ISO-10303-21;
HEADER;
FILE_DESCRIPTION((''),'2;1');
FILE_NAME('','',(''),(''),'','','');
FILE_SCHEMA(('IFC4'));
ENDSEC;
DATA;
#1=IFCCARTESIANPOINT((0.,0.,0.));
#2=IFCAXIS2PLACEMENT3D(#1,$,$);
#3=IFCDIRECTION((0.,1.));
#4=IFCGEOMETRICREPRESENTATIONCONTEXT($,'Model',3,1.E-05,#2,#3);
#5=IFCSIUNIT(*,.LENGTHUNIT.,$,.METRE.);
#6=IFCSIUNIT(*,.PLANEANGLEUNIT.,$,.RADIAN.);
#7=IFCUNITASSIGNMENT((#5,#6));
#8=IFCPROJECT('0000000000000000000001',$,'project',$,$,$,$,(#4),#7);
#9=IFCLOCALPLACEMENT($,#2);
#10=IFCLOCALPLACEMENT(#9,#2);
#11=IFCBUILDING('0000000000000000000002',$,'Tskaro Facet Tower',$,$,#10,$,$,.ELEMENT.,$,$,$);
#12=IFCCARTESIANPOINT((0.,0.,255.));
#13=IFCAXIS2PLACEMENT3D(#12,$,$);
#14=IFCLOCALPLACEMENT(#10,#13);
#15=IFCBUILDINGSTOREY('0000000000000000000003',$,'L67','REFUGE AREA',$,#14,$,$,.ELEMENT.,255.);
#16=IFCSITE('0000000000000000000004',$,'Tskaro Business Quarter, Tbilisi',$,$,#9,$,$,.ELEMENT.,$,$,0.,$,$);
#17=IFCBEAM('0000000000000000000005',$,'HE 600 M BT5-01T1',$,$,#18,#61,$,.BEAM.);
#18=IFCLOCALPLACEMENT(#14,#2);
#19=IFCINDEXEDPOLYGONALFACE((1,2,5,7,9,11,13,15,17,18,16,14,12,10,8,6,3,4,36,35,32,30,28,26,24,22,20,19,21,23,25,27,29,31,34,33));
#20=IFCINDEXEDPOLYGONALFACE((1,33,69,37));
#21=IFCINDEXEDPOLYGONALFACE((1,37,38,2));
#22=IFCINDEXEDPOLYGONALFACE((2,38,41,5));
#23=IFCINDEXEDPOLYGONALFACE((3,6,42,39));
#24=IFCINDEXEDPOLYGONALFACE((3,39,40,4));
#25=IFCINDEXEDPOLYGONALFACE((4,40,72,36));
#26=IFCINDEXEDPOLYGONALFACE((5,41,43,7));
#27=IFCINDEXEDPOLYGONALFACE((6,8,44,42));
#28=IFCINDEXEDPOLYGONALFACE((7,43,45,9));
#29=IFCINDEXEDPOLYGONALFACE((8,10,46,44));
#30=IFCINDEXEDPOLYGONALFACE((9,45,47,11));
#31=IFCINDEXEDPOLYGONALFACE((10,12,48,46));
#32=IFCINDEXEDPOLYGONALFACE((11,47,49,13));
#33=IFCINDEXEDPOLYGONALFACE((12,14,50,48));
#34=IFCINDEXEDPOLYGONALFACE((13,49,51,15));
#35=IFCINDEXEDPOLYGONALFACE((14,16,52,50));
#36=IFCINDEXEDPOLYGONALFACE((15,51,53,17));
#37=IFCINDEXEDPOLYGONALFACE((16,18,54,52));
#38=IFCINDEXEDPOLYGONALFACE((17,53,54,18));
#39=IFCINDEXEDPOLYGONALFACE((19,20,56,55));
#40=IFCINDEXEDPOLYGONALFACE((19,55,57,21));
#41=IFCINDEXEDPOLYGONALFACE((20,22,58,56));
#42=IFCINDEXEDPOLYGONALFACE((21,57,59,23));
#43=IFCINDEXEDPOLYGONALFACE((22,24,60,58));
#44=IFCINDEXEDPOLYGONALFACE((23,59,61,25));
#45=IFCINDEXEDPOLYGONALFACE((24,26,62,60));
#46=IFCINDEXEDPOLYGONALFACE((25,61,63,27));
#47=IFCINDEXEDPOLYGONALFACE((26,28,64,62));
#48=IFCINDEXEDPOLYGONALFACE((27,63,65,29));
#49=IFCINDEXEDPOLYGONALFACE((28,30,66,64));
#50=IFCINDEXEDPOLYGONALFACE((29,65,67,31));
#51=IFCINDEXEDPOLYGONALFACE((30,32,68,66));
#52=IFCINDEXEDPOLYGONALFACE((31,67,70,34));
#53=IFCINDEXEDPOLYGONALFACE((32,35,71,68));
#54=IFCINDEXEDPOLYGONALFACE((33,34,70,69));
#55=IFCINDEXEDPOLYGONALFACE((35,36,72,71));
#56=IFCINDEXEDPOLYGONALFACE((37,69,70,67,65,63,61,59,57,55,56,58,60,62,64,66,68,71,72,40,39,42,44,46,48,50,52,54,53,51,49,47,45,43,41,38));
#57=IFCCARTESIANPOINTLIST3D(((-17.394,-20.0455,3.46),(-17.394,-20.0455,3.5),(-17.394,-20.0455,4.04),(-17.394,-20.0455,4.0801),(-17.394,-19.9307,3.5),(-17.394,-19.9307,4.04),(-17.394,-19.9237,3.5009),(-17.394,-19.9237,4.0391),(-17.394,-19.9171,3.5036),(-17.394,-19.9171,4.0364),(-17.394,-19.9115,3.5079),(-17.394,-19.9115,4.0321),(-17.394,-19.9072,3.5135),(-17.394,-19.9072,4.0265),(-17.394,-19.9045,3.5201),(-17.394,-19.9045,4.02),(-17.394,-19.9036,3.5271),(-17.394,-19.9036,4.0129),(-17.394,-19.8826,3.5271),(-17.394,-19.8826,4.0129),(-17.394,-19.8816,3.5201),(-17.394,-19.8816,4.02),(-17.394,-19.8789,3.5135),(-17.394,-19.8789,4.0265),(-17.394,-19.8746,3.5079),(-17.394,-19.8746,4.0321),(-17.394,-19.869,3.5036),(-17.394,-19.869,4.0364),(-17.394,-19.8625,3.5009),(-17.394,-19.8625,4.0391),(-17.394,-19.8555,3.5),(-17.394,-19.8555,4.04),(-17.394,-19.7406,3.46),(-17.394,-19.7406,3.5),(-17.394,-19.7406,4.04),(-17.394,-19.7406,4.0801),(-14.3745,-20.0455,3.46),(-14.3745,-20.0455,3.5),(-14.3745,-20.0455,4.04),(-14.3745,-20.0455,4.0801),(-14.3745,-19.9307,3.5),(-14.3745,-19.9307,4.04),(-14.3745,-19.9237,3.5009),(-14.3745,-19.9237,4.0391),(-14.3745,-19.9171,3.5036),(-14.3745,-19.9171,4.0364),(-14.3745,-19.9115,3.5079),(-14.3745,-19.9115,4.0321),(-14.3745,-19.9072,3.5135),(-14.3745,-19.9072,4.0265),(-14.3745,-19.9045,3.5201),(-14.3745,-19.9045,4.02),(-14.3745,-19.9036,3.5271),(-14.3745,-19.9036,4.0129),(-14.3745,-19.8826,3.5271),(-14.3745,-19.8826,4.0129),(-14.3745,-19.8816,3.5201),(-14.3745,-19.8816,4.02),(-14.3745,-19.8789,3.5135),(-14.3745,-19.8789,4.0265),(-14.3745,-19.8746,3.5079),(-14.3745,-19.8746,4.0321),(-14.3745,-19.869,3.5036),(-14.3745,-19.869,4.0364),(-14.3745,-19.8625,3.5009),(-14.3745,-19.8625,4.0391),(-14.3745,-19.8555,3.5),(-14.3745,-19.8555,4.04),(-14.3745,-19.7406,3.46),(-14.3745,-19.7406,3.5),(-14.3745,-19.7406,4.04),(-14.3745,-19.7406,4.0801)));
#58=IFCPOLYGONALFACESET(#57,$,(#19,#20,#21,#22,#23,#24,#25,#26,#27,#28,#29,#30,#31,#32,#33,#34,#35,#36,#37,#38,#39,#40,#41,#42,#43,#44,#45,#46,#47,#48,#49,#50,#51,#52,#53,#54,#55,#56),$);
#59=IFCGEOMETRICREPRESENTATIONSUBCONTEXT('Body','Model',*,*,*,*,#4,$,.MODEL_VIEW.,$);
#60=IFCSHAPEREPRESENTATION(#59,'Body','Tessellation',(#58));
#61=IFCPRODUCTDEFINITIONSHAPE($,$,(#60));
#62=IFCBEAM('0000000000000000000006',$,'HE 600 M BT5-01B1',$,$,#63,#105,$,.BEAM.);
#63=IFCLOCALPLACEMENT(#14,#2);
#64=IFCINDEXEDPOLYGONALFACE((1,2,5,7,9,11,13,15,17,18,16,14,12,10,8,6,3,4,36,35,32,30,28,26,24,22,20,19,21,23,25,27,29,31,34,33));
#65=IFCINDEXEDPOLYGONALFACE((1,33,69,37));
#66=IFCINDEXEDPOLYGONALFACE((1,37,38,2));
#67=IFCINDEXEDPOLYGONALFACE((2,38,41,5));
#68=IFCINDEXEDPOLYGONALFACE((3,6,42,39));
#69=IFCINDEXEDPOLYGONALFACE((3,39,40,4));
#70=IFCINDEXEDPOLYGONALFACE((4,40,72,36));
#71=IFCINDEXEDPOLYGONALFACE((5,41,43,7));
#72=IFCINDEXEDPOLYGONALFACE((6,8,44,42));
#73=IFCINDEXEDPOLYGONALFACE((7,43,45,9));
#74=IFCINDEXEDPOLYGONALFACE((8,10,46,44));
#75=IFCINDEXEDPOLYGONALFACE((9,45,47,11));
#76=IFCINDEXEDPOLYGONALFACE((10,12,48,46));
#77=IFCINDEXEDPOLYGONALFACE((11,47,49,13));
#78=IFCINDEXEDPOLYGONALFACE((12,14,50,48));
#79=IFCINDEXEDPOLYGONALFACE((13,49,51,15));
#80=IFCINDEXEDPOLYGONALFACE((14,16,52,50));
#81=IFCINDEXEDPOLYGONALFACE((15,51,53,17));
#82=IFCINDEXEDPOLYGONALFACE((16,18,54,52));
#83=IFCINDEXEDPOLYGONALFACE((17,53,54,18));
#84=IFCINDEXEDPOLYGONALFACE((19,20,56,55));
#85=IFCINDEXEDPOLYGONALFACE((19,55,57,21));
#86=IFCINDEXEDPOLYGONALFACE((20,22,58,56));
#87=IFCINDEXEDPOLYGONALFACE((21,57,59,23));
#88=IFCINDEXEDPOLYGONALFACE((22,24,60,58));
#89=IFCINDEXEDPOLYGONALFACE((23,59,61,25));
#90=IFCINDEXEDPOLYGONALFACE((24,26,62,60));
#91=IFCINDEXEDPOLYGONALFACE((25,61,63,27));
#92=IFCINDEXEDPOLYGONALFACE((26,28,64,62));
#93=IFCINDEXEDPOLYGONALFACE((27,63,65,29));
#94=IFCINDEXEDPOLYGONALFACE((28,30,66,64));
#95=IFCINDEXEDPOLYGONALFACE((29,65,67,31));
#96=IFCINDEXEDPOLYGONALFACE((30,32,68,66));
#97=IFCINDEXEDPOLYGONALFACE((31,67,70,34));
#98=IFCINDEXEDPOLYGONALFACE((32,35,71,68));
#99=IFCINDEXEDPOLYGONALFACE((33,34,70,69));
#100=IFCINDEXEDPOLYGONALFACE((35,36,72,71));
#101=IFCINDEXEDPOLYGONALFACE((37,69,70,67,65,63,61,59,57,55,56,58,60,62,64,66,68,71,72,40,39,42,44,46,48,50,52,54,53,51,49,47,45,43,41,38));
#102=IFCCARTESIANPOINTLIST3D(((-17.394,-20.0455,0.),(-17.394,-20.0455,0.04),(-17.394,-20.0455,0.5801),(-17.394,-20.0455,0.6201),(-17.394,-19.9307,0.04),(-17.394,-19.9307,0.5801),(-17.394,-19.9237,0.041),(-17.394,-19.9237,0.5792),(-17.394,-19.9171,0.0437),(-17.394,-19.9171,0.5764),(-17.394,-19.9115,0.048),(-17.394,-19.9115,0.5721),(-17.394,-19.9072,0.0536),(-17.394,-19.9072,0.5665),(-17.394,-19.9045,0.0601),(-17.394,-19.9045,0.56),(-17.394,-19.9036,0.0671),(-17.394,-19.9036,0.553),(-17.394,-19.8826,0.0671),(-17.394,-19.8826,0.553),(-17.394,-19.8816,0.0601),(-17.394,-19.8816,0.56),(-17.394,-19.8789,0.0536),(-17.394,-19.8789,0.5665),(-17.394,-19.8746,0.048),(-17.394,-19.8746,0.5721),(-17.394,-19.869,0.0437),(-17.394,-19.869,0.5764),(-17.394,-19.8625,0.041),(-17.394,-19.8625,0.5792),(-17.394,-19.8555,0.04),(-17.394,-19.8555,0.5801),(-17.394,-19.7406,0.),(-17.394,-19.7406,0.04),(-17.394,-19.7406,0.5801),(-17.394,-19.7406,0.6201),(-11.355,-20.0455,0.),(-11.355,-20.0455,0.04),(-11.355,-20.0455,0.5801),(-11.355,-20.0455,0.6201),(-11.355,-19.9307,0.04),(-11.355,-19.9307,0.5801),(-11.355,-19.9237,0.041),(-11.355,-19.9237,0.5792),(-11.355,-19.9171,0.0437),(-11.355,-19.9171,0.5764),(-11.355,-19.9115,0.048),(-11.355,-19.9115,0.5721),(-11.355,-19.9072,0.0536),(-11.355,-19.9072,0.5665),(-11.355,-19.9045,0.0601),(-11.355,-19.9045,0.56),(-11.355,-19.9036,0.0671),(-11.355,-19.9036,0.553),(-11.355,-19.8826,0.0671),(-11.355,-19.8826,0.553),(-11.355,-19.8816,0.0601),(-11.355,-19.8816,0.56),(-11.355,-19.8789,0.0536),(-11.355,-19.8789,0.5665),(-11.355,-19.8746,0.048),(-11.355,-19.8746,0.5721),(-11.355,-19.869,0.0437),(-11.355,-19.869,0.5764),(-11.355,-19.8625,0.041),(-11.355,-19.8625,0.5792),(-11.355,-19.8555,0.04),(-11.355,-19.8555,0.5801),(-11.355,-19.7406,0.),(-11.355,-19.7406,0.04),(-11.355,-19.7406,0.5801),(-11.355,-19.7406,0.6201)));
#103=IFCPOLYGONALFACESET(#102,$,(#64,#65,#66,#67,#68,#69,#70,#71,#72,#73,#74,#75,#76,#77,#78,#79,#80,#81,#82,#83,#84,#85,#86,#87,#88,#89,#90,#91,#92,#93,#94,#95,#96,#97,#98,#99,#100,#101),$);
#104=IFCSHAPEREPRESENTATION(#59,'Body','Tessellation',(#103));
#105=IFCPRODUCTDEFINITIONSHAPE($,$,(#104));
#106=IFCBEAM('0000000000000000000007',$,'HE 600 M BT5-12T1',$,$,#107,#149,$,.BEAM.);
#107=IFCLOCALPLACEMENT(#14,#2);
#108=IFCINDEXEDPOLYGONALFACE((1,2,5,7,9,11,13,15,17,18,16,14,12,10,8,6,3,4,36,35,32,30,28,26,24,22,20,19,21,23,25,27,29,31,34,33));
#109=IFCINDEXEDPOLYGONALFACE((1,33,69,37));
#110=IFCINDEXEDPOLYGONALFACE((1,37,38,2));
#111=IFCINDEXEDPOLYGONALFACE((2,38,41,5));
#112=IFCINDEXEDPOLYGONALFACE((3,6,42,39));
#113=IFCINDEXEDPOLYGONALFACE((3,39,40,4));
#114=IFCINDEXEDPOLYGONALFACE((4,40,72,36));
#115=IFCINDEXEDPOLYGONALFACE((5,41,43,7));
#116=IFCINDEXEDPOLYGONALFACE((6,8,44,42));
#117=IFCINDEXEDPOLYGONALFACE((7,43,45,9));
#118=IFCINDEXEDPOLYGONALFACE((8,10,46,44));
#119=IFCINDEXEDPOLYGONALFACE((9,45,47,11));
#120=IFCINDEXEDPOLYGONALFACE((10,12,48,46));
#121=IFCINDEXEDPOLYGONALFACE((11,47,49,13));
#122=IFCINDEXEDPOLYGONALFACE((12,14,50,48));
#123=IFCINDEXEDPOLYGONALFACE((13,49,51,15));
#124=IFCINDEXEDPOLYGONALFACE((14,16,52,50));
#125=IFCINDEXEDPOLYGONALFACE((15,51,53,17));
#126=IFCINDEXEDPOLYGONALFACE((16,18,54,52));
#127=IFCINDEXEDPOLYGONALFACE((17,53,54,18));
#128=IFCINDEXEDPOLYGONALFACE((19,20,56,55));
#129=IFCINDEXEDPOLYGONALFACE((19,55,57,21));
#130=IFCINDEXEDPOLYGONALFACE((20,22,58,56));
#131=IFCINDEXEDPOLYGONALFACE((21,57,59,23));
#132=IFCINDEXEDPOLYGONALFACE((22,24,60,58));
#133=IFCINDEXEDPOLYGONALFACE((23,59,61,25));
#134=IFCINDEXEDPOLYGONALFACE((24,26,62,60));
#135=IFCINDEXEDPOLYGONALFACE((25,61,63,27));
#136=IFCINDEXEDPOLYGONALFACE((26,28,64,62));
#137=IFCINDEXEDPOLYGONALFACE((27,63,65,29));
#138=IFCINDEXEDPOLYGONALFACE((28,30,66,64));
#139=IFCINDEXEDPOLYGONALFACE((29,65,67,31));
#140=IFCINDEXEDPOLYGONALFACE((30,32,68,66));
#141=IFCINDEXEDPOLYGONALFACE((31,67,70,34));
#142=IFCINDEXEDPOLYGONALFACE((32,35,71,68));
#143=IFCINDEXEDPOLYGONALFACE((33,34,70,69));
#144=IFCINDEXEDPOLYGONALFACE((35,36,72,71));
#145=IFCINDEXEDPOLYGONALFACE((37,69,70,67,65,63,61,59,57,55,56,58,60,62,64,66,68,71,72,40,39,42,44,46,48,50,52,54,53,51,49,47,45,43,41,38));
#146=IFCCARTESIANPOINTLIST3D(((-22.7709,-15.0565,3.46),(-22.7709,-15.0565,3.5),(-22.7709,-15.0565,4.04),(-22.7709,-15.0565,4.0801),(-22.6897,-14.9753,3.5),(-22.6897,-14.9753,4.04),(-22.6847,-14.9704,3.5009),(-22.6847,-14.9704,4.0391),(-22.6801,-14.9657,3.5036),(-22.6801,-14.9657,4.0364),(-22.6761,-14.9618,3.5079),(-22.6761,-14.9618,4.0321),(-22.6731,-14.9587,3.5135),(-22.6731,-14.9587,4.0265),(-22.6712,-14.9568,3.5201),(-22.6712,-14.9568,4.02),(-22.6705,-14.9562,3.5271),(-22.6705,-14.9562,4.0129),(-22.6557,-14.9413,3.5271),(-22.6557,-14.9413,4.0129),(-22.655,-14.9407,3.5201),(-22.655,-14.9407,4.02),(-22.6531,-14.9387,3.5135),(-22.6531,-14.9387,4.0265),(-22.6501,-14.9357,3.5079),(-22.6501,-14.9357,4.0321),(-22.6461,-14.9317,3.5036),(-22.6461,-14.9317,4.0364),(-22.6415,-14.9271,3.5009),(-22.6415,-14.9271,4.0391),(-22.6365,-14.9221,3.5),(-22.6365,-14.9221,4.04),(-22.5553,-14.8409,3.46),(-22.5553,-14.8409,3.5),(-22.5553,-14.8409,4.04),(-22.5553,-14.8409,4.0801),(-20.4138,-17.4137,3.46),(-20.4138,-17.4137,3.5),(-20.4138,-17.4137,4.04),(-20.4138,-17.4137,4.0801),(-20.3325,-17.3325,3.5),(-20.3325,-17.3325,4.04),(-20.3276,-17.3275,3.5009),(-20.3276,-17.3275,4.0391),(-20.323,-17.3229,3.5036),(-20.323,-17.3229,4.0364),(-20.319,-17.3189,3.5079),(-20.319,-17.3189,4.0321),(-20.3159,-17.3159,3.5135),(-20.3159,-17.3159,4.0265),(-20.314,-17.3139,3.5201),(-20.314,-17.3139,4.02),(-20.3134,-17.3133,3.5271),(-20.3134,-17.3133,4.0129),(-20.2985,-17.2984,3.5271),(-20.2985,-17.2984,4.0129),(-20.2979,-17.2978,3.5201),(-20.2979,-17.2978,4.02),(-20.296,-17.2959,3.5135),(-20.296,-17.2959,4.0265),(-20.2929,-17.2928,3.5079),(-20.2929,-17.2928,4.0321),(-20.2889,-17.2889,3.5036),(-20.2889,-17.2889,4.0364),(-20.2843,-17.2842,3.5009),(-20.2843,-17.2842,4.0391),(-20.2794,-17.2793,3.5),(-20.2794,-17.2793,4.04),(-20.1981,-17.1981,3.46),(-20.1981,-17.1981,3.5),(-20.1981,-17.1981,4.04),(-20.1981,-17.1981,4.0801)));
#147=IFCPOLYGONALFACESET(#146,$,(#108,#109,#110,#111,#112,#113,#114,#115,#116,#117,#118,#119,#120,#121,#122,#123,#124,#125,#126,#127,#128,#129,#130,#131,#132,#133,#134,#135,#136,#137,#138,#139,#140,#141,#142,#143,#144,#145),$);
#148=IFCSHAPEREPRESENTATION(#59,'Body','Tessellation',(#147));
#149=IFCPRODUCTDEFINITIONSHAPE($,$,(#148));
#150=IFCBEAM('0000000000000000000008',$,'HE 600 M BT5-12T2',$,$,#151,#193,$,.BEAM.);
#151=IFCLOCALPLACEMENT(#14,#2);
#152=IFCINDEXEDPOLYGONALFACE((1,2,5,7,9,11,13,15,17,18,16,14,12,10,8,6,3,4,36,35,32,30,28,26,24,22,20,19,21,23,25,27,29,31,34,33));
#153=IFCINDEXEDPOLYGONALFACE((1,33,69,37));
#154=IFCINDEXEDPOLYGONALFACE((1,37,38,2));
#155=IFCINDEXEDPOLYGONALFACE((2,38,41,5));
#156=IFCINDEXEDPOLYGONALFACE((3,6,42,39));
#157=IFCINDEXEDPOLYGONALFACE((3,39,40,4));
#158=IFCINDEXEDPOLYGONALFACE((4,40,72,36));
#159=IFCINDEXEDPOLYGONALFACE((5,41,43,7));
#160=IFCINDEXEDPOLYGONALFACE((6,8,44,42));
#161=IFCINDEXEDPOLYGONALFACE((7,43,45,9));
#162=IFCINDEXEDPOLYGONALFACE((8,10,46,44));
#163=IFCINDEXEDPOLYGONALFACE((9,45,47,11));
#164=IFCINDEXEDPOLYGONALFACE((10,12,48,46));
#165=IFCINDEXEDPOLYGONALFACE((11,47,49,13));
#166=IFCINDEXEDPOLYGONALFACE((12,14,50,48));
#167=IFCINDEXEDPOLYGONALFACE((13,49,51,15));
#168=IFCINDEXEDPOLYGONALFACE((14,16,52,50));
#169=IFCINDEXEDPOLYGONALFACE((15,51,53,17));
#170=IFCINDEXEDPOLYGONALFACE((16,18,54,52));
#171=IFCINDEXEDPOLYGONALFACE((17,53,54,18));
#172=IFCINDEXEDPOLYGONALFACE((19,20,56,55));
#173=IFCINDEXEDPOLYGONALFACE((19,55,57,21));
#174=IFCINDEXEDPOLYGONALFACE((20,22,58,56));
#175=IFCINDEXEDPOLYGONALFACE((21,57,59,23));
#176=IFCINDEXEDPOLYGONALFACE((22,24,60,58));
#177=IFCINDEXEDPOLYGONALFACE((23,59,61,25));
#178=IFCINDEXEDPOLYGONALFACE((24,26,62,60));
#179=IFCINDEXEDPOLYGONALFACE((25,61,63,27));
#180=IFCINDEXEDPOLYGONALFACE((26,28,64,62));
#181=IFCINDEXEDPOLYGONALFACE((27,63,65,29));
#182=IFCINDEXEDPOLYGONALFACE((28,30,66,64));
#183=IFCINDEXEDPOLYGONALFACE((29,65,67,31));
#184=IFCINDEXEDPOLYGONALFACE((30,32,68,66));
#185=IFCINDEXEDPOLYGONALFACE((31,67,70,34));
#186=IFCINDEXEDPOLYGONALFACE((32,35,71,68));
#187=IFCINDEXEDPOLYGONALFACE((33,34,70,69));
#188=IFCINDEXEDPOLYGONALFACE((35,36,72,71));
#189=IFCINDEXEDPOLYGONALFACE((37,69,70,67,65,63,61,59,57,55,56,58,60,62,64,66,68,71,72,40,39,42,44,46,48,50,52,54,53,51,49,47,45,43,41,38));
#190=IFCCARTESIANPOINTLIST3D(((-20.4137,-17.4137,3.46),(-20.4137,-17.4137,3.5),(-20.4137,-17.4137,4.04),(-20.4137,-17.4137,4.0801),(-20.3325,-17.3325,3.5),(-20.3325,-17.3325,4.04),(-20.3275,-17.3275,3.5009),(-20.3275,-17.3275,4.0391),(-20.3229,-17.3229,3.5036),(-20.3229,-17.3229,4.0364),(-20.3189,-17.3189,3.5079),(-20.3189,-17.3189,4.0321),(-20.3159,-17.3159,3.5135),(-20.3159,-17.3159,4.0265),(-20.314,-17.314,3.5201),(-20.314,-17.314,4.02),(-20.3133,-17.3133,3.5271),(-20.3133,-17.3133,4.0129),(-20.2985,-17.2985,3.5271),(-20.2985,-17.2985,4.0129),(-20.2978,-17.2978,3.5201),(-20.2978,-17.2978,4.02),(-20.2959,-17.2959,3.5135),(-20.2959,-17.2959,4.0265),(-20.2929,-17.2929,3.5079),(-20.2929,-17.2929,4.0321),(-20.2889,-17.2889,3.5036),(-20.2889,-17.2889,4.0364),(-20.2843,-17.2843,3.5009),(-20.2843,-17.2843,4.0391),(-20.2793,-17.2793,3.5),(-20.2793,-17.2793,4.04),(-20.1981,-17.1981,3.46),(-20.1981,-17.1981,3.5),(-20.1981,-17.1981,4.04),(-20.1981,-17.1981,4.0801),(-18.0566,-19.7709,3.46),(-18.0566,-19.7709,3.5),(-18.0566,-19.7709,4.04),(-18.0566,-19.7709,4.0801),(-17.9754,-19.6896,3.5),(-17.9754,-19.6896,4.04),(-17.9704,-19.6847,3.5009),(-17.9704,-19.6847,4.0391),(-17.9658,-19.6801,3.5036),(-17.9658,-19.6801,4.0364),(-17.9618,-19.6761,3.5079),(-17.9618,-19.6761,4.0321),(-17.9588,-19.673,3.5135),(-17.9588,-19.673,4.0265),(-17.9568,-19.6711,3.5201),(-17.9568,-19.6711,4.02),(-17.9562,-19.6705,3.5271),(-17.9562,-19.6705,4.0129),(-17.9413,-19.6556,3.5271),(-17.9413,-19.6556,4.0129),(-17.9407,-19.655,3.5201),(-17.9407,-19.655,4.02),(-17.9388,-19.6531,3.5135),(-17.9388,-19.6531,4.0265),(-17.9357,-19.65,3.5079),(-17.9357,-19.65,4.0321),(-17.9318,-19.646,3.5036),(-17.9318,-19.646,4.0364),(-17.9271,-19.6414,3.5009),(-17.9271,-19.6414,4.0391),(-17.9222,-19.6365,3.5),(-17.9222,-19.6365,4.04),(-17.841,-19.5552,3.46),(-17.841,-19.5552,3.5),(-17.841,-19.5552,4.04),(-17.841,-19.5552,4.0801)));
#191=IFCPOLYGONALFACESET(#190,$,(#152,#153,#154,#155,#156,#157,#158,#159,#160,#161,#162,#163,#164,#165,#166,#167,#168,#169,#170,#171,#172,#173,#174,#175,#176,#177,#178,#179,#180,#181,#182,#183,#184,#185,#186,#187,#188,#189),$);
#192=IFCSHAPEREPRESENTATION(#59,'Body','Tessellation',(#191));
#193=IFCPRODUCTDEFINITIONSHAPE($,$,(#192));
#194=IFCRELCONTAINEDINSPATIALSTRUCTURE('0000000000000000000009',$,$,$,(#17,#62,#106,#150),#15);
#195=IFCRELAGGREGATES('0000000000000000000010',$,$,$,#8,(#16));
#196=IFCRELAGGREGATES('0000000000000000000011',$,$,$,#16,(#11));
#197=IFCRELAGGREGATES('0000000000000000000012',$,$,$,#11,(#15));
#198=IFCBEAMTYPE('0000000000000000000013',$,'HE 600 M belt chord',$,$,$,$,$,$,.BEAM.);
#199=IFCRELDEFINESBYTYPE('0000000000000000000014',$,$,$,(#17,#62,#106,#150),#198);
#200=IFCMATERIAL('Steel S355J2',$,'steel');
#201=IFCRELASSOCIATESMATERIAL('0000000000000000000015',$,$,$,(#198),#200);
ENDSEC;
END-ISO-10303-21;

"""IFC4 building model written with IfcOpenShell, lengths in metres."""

from ifc_helpers import new_model, si_unit, direction, frame, origin, origin_2d, place, context, subcontext, project, spatial, i_section, extrude, material, material_profile, profile_set, type_object, element, save


model = new_model("IFC4")

# Units and contexts
model_context = context("Model", 3, precision=1e-05, world=origin(), true_north=direction((0.0, 1.0)))
body_context = subcontext(model_context, "Body", "Model", "MODEL_VIEW")
ifc_project = project(units=[si_unit("LENGTHUNIT", "METRE"), si_unit("PLANEANGLEUNIT", "RADIAN")], contexts=[model_context])

# Site, building, storey
site_placement = place(None, origin())
site = spatial("IfcSite", under=ifc_project, at=site_placement, Name="Tskaro Business Quarter, Tbilisi", CompositionType="ELEMENT", RefElevation=0.0)
building_placement = place(site_placement, origin())
building = spatial("IfcBuilding", under=site, at=building_placement, Name="Tskaro Facet Tower", CompositionType="ELEMENT")
storey_placement = place(building_placement, frame((0.0, 0.0, 255.0)))
storey = spatial("IfcBuildingStorey", under=building, at=storey_placement, Name="L67", Description="REFUGE AREA", CompositionType="ELEMENT", Elevation=255.0)

# Shared definitions
ifc_material_1 = material(Name="Steel S355J2", Category="steel")

# Beams
ifc_material_profile_1 = material_profile(ifc_material_1, i_section(OverallWidth=0.3049, OverallDepth=0.6201, WebThickness=0.021, FlangeThickness=0.04, FilletRadius=0.0271, at=origin_2d()), Name="HE 600 M")
ifc_profile_set_1 = profile_set([ifc_material_profile_1], Name="Steel S355J2")
beam_type_1 = type_object("IfcBeamType", Name="HE 600 M belt chord", PredefinedType="BEAM", material=ifc_profile_set_1)
beam_1_placement = place(storey_placement, frame((-17.394, -19.8931, 3.77), z_axis=(1.0, 0.0, 0.0), x_axis=(0.0, 1.0, 0.0)))
element("IfcBeam", 1, at=beam_1_placement, inside=storey, type_object=beam_type_1, Name="HE 600 M BT5-01T1", PredefinedType="BEAM", context=body_context, shape_type="SweptSolid", body=[
    extrude(i_section(OverallWidth=0.3049, OverallDepth=0.6201, WebThickness=0.021, FlangeThickness=0.04, FilletRadius=0.0271, at=origin_2d()), origin(), (0.0, 0.0, 1.0), 3.0195),
])
beam_2_placement = place(storey_placement, frame((-17.394, -19.8931, 0.3101), z_axis=(1.0, 0.0, 0.0), x_axis=(0.0, 1.0, 0.0)))
element("IfcBeam", 2, at=beam_2_placement, inside=storey, type_object=beam_type_1, Name="HE 600 M BT5-01B1", PredefinedType="BEAM", context=body_context, shape_type="SweptSolid", body=[
    extrude(i_section(OverallWidth=0.3049, OverallDepth=0.6201, WebThickness=0.021, FlangeThickness=0.04, FilletRadius=0.0271, at=origin_2d()), origin(), (0.0, 0.0, 1.0), 6.0391),
])
for number, where, z_axis, x_axis, name in (
    (3, (-22.6631, -14.9487, 3.77), (0.707107, -0.707107, 0.0), (0.707107, 0.707107, 0.0), "HE 600 M BT5-12T1"),
    (4, (-20.3059, -17.3059, 3.77), (0.707107, -0.707107, 0.0), (0.707107, 0.707107, 0.0), "HE 600 M BT5-12T2"),
):
    element("IfcBeam", number, at=place(storey_placement, frame(where, z_axis=z_axis, x_axis=x_axis)), inside=storey, type_object=beam_type_1, Name=name, PredefinedType="BEAM", context=body_context, shape_type="SweptSolid", body=[
        extrude(i_section(OverallWidth=0.3049, OverallDepth=0.6201, WebThickness=0.021, FlangeThickness=0.04, FilletRadius=0.0271, at=origin_2d()), origin(), (0.0, 0.0, 1.0), 3.3335),
    ])

save(model, "model.ifc")
